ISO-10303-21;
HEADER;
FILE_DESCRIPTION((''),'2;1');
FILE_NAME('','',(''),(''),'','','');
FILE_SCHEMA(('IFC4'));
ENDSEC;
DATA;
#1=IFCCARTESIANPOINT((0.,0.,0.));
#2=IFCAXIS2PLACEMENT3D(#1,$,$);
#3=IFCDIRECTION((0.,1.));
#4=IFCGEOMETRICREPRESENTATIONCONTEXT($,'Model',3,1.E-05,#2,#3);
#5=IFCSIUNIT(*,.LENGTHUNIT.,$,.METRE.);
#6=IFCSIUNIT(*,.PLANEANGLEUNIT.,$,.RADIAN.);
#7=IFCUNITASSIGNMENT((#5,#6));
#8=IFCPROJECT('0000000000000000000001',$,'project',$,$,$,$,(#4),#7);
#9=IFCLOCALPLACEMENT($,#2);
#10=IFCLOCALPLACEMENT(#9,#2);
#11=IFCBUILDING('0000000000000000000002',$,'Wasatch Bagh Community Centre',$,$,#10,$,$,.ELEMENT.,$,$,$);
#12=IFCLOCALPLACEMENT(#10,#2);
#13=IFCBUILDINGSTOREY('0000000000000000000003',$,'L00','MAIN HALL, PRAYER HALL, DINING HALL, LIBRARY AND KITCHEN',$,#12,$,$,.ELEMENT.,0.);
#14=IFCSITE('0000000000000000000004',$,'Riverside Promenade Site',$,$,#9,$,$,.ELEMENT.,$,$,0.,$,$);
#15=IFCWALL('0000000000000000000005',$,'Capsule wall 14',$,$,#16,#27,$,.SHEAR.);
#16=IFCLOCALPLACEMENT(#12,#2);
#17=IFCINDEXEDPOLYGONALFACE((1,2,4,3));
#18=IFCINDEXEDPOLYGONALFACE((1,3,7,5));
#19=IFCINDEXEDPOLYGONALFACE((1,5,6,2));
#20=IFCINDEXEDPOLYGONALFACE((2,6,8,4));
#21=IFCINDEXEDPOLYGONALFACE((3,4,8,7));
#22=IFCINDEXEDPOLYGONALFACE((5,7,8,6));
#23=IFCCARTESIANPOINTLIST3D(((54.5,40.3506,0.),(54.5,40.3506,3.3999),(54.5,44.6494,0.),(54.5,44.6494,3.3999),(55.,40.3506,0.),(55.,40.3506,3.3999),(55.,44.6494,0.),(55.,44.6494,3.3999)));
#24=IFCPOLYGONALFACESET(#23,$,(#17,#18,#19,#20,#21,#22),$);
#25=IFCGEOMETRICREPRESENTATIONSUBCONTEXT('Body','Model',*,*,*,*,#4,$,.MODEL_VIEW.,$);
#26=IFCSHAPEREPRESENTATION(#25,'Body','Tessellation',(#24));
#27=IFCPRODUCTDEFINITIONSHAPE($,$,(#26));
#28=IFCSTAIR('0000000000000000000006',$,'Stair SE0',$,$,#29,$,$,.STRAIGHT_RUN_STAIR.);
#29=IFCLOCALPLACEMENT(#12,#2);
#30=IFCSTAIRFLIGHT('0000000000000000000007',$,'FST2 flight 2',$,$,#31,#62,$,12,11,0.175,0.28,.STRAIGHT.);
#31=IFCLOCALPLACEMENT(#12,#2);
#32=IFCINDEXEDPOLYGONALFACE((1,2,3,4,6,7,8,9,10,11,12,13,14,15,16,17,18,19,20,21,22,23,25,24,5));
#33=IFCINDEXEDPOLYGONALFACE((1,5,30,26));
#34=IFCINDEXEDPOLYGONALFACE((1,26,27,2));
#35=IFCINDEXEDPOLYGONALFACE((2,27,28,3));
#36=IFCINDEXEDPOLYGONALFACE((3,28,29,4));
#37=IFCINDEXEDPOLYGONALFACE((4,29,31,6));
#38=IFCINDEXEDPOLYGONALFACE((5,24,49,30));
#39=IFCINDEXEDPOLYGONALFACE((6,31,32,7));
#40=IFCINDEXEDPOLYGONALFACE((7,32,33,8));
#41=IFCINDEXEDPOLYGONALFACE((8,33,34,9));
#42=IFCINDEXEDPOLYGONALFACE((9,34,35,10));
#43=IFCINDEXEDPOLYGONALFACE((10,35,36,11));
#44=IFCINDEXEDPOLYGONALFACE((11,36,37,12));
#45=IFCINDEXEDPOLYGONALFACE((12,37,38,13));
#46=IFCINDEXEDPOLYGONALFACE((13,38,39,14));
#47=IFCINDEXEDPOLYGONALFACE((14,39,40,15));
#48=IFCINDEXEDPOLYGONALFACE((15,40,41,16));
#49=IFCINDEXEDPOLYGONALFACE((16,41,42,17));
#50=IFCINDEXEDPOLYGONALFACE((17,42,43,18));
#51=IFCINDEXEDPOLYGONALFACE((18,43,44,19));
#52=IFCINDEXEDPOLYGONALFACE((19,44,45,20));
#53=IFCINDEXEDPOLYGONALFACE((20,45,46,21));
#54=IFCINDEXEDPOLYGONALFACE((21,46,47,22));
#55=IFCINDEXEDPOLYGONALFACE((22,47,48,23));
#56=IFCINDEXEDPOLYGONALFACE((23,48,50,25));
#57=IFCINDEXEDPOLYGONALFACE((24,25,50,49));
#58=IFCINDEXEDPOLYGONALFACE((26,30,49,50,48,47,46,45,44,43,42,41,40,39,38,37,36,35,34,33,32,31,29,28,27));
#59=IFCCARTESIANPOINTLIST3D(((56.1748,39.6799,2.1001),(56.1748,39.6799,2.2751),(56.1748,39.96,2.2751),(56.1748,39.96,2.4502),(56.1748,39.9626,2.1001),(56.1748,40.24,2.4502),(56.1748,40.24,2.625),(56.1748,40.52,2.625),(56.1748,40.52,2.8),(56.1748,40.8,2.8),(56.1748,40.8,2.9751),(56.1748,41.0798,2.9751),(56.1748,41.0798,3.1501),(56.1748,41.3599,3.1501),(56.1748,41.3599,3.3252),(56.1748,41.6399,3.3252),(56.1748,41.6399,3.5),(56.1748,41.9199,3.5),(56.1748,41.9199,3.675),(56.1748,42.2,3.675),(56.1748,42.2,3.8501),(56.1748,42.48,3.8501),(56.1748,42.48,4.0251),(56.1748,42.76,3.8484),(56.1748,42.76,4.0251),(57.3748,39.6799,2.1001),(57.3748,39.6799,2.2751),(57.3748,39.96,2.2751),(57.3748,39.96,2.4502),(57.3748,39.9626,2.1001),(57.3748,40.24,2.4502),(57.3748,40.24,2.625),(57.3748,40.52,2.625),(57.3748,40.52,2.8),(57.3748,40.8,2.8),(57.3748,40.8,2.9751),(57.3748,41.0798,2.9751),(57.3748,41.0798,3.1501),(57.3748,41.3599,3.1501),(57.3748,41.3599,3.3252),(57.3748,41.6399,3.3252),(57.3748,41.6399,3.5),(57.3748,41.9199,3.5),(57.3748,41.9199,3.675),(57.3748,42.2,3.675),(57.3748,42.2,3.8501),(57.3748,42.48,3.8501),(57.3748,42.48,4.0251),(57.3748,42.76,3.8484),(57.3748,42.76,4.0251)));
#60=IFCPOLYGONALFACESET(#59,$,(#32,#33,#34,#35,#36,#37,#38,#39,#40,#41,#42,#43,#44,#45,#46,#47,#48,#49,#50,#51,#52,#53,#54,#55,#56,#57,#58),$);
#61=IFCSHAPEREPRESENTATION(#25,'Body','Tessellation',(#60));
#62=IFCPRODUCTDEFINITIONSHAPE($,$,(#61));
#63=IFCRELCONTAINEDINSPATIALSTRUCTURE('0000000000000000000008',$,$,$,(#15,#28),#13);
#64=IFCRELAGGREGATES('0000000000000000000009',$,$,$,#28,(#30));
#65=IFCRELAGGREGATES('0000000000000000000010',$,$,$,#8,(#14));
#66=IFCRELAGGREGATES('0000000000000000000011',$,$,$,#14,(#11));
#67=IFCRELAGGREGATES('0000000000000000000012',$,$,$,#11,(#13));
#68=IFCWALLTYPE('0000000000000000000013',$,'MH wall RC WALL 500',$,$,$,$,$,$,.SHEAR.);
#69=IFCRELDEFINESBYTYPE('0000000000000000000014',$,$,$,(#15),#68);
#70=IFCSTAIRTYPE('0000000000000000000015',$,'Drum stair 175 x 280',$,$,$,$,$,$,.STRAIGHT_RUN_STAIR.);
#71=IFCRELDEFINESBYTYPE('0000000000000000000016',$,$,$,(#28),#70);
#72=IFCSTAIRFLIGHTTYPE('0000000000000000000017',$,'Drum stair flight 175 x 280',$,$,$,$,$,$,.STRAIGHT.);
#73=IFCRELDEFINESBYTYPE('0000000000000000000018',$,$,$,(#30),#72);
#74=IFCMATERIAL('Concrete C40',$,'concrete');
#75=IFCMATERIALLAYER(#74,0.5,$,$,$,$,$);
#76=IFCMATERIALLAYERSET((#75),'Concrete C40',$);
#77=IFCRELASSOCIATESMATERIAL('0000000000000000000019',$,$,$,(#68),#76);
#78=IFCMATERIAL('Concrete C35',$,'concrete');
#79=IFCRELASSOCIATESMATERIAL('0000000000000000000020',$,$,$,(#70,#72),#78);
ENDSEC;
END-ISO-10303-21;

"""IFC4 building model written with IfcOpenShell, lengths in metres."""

from ifc_helpers import new_model, si_unit, direction, frame, frame_2d, origin, place, context, subcontext, project, spatial, polyline, rectangle, outline, extrude, material, layer, layer_set, type_object, element, aggregate, save


model = new_model("IFC4")

# Units and contexts
model_context = context("Model", 3, precision=1e-05, world=origin(), true_north=direction((0.0, 1.0)))
body_context = subcontext(model_context, "Body", "Model", "MODEL_VIEW")
ifc_project = project(units=[si_unit("LENGTHUNIT", "METRE"), si_unit("PLANEANGLEUNIT", "RADIAN")], contexts=[model_context])

# Site, building, storey
site_placement = place(None, origin())
site = spatial("IfcSite", under=ifc_project, at=site_placement, Name="Riverside Promenade Site", CompositionType="ELEMENT", RefElevation=0.0)
building_placement = place(site_placement, origin())
building = spatial("IfcBuilding", under=site, at=building_placement, Name="Wasatch Bagh Community Centre", CompositionType="ELEMENT")
storey_placement = place(building_placement, origin())
storey = spatial("IfcBuildingStorey", under=building, at=storey_placement, Name="L00", Description="MAIN HALL, PRAYER HALL, DINING HALL, LIBRARY AND KITCHEN", CompositionType="ELEMENT", Elevation=0.0)

# Shared definitions
ifc_material_1 = material(Name="Concrete C35", Category="concrete")

# Shared definitions
ifc_material_2 = material(Name="Concrete C40", Category="concrete")

# Wall
ifc_layer_1 = layer(ifc_material_2, 0.5)
ifc_layer_set_1 = layer_set([ifc_layer_1], Name="Concrete C40")
wall_type_1 = type_object("IfcWallType", Name="MH wall RC WALL 500", PredefinedType="SHEAR", material=ifc_layer_set_1)
wall_1_placement = place(storey_placement, frame((54.75, 40.3506, 0.0), z_axis=(0.0, 0.0, 1.0), x_axis=(0.0, 1.0, 0.0)))
element("IfcWall", 1, at=wall_1_placement, inside=storey, type_object=wall_type_1, Name="Capsule wall 14", PredefinedType="SHEAR", context=body_context, shape_type="SweptSolid", body=[
    extrude(rectangle(XDim=4.2988, YDim=0.5, at=frame_2d((2.1494, 0.0))), origin(), (0.0, 0.0, 1.0), 3.3999),
])

# Stair, stair flight
stair_type = type_object("IfcStairType", Name="Drum stair 175 x 280", PredefinedType="STRAIGHT_RUN_STAIR", material=ifc_material_1)
stair_placement = place(storey_placement, origin())
stair = element("IfcStair", 2, at=stair_placement, inside=storey, type_object=stair_type, Name="Stair SE0", PredefinedType="STRAIGHT_RUN_STAIR")
stair_flight_type = type_object("IfcStairFlightType", Name="Drum stair flight 175 x 280", PredefinedType="STRAIGHT", material=ifc_material_1)
stair_flight_placement = place(storey_placement, frame((56.7749, 39.6799, 2.1001), z_axis=(0.0, 0.0, 1.0), x_axis=(0.0, 1.0, 0.0)))
stair_flight = element("IfcStairFlight", 3, at=stair_flight_placement, type_object=stair_flight_type, Name="FST2 flight 2", NumberOfRisers=12, NumberOfTreads=11, PredefinedType="STRAIGHT", RiserHeight=0.175, TreadLength=0.28, context=body_context, shape_type="SweptSolid", body=[
    extrude(outline(polyline([(0.0, 0.0), (0.0, 0.175), (0.28, 0.175), (0.28, 0.3501), (0.5601, 0.3501), (0.5601, 0.5249), (0.8401, 0.5249), (0.8401, 0.7), (1.1201, 0.7), (1.1201, 0.875), (1.3999, 0.875), (1.3999, 1.05), (1.6799, 1.05), (1.6799, 1.2251), (1.96, 1.2251), (1.96, 1.3999), (2.24, 1.3999), (2.24, 1.575), (2.52, 1.575), (2.52, 1.75), (2.8, 1.75), (2.8, 1.925), (3.0801, 1.925), (3.0801, 2.1001), (3.0801, 1.7483), (0.2827, 0.0), (0.0, 0.0)])), frame((0.0, 0.6001, 0.0), z_axis=(0.0, -1.0, 0.0), x_axis=(1.0, 0.0, 0.0)), (0.0, 0.0, 1.0), 1.2),
])
aggregate(stair, [stair_flight])

save(model, "model.ifc")
